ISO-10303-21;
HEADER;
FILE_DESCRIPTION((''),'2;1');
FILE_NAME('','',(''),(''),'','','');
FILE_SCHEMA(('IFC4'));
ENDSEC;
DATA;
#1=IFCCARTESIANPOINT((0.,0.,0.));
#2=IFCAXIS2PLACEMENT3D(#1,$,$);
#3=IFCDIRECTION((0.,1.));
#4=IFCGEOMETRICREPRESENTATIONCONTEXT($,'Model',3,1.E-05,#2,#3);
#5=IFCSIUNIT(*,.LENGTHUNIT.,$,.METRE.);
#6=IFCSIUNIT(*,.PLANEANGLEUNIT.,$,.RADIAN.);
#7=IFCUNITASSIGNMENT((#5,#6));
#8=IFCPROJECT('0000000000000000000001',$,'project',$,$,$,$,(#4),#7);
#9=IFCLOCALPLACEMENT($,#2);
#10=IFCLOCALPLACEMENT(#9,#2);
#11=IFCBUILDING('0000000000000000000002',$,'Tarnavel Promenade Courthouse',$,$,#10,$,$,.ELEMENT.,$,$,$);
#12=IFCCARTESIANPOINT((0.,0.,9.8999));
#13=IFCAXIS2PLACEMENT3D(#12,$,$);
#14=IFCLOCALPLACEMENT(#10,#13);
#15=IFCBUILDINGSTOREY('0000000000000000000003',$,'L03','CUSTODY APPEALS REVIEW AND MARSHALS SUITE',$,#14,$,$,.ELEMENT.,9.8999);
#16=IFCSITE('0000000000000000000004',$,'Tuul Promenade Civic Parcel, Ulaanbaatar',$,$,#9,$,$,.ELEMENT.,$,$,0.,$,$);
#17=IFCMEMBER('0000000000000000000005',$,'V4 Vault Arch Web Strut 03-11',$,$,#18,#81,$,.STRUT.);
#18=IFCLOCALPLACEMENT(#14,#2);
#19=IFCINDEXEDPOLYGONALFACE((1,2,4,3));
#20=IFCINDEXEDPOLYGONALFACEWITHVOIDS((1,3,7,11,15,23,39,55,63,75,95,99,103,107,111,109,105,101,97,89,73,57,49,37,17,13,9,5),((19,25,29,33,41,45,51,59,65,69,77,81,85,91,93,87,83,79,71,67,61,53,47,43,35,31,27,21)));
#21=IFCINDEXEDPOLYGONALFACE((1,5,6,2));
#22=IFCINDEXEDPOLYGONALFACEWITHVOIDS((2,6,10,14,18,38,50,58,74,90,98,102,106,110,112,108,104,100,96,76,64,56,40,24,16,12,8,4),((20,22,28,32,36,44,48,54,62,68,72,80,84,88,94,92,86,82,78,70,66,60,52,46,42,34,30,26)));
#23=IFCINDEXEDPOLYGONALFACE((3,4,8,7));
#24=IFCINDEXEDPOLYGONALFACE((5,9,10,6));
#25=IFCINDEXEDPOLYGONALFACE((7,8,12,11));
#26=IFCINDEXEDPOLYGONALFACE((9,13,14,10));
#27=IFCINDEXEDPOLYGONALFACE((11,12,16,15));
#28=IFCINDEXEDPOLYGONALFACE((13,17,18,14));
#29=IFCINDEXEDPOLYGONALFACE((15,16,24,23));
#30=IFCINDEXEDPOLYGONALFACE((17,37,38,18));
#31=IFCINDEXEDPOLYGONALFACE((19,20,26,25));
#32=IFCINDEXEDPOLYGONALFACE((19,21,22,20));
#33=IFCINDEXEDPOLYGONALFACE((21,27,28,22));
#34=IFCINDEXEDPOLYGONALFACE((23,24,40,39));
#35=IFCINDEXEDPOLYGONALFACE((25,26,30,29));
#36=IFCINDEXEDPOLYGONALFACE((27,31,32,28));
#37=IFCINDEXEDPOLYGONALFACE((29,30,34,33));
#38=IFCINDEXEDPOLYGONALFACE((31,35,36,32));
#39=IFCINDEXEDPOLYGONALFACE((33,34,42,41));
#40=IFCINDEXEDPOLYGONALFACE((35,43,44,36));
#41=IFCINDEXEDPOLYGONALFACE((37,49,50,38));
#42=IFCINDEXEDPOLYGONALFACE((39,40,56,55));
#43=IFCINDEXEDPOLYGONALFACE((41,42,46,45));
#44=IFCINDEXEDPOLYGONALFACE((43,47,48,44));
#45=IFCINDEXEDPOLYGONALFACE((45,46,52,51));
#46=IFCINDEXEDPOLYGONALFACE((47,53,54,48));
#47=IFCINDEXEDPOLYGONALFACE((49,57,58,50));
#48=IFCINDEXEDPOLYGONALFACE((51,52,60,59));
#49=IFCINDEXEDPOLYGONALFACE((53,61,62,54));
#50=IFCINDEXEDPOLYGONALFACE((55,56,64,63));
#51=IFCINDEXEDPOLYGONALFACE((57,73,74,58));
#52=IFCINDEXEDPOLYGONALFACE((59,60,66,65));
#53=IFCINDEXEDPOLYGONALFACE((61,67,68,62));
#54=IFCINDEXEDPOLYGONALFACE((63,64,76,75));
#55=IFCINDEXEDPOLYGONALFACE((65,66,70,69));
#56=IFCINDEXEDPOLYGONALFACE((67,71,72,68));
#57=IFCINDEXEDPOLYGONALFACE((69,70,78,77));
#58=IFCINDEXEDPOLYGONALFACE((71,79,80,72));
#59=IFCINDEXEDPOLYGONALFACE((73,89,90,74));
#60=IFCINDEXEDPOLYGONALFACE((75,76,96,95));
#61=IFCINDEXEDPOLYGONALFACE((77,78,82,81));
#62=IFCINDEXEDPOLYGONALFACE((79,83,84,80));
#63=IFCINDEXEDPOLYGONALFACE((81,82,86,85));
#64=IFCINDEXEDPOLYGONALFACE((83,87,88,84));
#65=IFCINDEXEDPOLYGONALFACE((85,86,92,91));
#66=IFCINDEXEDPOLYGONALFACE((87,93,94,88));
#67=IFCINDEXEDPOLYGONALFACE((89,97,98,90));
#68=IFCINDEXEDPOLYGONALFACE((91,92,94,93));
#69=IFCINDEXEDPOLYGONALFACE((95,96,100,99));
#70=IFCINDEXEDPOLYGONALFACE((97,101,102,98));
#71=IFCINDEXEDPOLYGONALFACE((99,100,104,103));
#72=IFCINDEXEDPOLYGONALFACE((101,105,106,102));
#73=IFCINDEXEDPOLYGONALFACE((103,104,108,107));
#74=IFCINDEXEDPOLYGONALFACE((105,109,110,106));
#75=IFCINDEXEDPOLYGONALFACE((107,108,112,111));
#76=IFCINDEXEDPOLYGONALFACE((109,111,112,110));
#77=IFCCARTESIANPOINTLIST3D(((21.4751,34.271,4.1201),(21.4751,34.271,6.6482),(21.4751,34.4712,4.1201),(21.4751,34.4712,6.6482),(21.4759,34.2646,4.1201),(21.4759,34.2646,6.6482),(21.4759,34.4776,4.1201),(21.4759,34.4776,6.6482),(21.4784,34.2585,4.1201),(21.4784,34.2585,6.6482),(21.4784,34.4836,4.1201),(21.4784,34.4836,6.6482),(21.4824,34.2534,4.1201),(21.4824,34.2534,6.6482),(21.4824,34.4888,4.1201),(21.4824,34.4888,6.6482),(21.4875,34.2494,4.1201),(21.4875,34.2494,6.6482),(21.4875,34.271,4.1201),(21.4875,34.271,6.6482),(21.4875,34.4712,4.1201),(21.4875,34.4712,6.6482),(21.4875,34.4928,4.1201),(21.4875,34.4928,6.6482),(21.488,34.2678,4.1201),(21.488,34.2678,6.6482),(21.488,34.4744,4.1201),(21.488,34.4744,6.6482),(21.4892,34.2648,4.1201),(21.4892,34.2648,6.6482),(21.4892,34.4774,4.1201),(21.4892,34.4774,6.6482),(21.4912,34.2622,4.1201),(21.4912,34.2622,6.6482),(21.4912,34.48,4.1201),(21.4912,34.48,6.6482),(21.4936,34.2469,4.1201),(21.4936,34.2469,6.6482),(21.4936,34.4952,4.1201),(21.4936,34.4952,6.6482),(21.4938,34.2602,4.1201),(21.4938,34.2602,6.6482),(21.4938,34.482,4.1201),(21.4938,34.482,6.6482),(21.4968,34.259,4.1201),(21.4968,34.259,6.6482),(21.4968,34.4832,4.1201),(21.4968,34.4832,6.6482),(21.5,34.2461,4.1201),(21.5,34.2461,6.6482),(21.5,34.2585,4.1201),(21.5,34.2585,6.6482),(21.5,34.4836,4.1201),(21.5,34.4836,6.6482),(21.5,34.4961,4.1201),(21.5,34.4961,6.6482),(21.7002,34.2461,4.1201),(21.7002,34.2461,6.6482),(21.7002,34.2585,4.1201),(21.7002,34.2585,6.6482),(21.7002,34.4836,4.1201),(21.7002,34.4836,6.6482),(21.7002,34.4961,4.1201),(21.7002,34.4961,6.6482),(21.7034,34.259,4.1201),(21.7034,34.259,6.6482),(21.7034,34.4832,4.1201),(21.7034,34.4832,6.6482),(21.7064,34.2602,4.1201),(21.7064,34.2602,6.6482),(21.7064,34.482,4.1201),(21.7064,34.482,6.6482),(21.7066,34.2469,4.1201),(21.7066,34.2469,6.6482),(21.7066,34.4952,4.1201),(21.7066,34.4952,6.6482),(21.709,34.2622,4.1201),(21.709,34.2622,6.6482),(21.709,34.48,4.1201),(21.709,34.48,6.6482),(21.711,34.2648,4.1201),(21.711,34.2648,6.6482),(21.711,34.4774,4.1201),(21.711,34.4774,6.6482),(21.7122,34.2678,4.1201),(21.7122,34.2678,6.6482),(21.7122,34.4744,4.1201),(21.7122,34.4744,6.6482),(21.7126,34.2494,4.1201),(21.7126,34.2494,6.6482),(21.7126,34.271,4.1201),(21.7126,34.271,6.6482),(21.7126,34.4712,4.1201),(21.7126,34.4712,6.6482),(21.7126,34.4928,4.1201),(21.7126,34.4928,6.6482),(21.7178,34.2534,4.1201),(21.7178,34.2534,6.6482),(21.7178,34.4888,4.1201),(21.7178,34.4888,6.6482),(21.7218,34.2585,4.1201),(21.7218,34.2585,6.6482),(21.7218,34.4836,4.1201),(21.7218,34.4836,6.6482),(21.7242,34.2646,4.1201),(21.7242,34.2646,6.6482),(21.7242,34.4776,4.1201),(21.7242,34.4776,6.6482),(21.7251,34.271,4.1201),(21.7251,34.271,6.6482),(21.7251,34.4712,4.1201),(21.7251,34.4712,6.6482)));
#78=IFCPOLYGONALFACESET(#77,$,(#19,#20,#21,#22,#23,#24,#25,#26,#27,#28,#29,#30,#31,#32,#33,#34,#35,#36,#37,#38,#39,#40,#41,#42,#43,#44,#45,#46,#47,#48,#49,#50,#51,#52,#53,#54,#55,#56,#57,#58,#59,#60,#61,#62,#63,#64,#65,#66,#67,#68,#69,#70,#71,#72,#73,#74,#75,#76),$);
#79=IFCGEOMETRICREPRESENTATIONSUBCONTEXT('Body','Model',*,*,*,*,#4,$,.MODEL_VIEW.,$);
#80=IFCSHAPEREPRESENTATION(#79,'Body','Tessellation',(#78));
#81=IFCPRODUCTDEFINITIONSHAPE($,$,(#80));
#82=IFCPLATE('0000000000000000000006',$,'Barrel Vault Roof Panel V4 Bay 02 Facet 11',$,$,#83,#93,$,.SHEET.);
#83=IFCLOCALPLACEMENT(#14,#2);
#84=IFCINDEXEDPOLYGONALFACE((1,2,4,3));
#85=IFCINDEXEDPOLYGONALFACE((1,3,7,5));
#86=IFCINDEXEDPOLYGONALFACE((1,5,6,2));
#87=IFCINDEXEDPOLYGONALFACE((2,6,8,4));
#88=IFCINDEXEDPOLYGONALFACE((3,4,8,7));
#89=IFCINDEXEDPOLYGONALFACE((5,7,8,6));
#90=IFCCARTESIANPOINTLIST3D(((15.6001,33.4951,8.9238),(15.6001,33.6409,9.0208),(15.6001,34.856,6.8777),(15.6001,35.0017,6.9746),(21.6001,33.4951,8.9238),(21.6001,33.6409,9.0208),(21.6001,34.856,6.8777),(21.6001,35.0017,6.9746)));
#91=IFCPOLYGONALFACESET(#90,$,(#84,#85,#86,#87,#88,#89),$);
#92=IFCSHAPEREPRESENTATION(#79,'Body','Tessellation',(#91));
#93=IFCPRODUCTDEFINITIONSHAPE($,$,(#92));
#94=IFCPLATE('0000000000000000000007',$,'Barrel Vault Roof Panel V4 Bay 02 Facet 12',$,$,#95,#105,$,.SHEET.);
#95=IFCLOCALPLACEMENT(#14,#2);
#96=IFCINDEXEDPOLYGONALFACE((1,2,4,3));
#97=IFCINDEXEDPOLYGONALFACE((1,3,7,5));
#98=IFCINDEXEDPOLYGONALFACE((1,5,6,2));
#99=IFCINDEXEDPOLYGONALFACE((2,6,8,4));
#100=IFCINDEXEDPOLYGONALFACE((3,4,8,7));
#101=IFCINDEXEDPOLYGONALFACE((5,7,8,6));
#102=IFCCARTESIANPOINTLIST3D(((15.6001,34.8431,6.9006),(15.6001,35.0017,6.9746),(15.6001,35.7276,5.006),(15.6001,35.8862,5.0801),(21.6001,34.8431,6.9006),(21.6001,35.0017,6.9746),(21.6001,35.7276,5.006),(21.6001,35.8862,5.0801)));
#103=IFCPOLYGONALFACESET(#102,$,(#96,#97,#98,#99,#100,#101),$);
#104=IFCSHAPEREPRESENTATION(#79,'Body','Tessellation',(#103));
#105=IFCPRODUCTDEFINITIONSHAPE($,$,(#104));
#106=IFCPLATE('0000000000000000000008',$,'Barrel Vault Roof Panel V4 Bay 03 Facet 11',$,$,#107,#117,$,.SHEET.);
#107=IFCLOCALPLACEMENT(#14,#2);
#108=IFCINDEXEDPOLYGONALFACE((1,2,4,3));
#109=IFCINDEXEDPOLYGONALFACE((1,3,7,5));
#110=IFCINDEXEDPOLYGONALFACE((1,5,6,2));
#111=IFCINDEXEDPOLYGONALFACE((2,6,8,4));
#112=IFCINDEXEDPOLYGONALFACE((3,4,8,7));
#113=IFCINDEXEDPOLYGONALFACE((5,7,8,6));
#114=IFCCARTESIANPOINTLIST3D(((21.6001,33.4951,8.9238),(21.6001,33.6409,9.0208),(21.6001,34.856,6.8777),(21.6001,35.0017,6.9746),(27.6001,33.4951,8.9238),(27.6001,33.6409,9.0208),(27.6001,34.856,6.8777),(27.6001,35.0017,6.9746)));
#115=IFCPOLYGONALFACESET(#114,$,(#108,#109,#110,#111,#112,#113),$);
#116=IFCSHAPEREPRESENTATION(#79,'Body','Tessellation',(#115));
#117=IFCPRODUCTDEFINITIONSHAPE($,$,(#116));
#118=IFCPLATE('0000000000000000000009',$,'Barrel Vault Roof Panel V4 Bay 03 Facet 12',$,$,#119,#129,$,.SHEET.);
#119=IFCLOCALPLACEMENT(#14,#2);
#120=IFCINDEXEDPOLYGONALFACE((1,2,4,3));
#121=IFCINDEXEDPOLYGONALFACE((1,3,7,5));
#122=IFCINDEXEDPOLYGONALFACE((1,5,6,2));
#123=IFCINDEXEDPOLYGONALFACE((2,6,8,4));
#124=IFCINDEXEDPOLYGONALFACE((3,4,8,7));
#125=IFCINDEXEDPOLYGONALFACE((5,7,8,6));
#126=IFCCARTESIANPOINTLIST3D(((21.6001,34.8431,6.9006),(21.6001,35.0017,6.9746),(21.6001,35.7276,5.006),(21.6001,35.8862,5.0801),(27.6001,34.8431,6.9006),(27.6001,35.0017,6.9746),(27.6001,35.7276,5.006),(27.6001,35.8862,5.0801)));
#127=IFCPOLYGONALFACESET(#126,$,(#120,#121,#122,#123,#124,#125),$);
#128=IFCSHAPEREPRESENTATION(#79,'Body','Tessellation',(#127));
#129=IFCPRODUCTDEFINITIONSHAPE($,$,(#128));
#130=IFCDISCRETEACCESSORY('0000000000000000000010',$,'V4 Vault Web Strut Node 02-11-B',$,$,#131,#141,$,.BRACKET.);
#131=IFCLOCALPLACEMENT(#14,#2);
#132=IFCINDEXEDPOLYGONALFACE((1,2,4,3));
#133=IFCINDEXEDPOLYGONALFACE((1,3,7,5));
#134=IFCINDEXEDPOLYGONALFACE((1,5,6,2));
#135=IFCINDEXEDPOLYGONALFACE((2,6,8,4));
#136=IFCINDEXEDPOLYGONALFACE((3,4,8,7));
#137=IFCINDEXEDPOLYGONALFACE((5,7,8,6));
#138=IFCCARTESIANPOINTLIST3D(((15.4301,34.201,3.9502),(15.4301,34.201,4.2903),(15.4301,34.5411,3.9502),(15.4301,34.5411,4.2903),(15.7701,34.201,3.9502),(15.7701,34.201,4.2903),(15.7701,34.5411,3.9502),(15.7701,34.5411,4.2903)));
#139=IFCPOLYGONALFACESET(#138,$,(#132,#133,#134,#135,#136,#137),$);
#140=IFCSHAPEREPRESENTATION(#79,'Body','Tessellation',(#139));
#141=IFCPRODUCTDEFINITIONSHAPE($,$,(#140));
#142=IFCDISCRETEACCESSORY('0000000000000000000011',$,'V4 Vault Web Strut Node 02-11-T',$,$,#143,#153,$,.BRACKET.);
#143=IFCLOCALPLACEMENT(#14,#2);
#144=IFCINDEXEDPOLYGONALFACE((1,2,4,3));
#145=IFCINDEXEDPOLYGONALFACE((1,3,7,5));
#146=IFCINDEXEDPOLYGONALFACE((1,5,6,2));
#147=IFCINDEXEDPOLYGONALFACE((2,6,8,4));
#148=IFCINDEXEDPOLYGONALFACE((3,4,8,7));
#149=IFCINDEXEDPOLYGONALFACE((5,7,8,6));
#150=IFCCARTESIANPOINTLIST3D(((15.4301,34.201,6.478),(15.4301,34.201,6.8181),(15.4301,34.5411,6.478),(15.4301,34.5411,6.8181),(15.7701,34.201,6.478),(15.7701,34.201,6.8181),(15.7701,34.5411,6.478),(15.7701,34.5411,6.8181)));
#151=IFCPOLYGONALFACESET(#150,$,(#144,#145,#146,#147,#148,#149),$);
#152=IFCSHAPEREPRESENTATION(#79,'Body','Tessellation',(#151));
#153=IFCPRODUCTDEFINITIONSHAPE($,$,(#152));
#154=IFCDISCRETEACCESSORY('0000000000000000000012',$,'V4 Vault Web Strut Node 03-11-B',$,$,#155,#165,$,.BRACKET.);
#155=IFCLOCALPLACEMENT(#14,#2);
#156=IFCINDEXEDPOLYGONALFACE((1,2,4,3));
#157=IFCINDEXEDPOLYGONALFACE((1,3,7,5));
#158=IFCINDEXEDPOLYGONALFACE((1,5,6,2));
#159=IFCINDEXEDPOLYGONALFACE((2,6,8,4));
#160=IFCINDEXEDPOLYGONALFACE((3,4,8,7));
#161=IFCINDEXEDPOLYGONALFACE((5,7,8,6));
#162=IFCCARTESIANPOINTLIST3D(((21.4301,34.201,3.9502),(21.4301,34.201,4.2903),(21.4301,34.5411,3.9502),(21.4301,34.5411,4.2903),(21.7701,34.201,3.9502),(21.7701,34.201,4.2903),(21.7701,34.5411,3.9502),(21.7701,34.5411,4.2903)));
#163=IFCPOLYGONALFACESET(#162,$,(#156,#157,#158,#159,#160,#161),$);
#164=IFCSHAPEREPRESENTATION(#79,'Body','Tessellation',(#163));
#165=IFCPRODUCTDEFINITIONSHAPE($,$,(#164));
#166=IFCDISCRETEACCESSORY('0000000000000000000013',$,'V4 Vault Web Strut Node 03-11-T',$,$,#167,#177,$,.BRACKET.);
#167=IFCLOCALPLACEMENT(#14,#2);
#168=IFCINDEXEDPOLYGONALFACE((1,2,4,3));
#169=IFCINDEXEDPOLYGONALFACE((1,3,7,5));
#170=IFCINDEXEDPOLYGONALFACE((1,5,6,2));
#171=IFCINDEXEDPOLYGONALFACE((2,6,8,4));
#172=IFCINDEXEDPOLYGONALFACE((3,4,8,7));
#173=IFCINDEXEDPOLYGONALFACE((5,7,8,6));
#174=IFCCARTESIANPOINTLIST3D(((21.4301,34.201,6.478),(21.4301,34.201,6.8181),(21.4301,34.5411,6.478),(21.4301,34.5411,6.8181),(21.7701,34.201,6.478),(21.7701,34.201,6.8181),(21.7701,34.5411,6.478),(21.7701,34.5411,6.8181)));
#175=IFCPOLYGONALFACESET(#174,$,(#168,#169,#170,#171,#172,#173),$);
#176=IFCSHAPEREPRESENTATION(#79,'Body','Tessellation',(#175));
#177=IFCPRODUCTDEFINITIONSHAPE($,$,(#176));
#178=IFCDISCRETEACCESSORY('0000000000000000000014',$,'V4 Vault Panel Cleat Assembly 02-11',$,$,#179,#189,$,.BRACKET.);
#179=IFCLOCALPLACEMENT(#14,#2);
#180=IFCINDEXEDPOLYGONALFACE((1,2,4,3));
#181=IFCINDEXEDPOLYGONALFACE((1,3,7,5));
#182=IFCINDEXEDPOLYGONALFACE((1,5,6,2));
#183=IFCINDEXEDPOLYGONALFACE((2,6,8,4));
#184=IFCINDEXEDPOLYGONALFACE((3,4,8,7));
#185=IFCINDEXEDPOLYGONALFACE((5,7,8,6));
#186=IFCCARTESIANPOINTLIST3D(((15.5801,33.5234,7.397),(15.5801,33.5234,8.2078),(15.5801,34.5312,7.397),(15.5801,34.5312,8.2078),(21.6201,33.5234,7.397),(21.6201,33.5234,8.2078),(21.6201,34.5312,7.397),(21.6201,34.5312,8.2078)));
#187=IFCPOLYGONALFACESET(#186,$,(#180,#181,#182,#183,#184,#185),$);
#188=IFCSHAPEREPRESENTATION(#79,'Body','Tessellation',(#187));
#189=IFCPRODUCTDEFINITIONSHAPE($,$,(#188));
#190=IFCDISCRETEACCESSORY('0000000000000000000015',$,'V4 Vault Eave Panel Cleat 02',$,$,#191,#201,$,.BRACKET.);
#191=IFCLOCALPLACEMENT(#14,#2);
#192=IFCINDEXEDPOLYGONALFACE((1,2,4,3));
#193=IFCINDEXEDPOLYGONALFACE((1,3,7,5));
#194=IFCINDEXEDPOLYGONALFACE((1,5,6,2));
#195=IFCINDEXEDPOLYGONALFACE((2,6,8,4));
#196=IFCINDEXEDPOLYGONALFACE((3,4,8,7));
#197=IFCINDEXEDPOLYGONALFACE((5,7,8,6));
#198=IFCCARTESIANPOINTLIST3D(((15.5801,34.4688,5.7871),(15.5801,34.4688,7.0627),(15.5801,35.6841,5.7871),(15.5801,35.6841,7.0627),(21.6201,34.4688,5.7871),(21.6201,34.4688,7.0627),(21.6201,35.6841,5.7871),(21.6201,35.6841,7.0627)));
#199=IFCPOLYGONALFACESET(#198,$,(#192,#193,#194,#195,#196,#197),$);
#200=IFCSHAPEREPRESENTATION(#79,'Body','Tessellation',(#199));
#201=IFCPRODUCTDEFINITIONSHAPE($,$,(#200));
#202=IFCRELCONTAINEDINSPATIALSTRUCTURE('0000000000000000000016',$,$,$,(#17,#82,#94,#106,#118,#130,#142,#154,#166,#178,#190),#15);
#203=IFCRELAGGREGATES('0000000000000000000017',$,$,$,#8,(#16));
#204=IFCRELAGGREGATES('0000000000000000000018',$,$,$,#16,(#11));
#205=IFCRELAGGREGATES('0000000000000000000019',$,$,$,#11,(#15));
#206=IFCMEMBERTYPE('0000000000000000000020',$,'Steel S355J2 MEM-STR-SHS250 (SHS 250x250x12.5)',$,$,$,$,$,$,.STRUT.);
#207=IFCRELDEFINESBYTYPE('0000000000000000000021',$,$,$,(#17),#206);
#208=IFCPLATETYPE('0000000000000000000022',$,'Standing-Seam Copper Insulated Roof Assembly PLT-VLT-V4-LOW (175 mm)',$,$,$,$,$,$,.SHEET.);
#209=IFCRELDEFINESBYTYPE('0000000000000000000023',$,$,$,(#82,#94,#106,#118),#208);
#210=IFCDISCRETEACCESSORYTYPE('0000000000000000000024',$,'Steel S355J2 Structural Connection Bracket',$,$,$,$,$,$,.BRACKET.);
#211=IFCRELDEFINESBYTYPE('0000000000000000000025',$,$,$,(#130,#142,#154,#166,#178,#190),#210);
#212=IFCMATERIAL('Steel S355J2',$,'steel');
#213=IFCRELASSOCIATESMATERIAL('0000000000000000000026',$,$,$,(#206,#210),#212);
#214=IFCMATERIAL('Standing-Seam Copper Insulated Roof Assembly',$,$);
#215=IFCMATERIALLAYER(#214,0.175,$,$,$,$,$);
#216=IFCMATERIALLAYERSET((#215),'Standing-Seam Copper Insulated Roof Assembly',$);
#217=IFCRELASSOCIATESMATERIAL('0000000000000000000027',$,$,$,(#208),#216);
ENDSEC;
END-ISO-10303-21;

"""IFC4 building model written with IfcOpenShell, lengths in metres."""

from ifc_helpers import new_model, si_unit, direction, frame, origin, origin_2d, place, context, subcontext, project, spatial, polyline, rectangle, hollow_rectangle, outline, extrude, material, layer, layer_set, material_profile, profile_set, type_object, element, save


model = new_model("IFC4")

# Units and contexts
model_context = context("Model", 3, precision=1e-05, world=origin(), true_north=direction((0.0, 1.0)))
body_context = subcontext(model_context, "Body", "Model", "MODEL_VIEW")
ifc_project = project(units=[si_unit("LENGTHUNIT", "METRE"), si_unit("PLANEANGLEUNIT", "RADIAN")], contexts=[model_context])

# Site, building, storey
site_placement = place(None, origin())
site = spatial("IfcSite", under=ifc_project, at=site_placement, Name="Tuul Promenade Civic Parcel, Ulaanbaatar", CompositionType="ELEMENT", RefElevation=0.0)
building_placement = place(site_placement, origin())
building = spatial("IfcBuilding", under=site, at=building_placement, Name="Tarnavel Promenade Courthouse", CompositionType="ELEMENT")
storey_placement = place(building_placement, frame((0.0, 0.0, 9.8999)))
storey = spatial("IfcBuildingStorey", under=building, at=storey_placement, Name="L03", Description="CUSTODY APPEALS REVIEW AND MARSHALS SUITE", CompositionType="ELEMENT", Elevation=9.8999)

# Shared definitions
ifc_material_1 = material(Name="Steel S355J2", Category="steel")

# Member
ifc_material_profile_1 = material_profile(ifc_material_1, hollow_rectangle(XDim=0.25, YDim=0.25, WallThickness=0.0125, InnerFilletRadius=0.0125, OuterFilletRadius=0.0249, at=origin_2d()), Name="SHS 250x250x12.5")
ifc_profile_set_1 = profile_set([ifc_material_profile_1], Name="Steel S355J2")
member_type_1 = type_object("IfcMemberType", Name="Steel S355J2 MEM-STR-SHS250 (SHS 250x250x12.5)", PredefinedType="STRUT", material=ifc_profile_set_1)
for number, where, z_axis, x_axis, name in (
    (1, (21.6001, 34.3711, 4.1201), (0.0, 0.0, 1.0), (1.0, 0.0, 0.0), "V4 Vault Arch Web Strut 03-11"),
):
    element("IfcMember", number, at=place(storey_placement, frame(where, z_axis=z_axis, x_axis=x_axis)), inside=storey, type_object=member_type_1, Name=name, PredefinedType="STRUT", context=body_context, shape_type="SweptSolid", body=[
        extrude(hollow_rectangle(XDim=0.25, YDim=0.25, WallThickness=0.0125, InnerFilletRadius=0.0125, OuterFilletRadius=0.0249, at=origin_2d()), origin(), (0.0, 0.0, 1.0), 2.5281),
    ])

# Plates
ifc_material_2 = material(Name="Standing-Seam Copper Insulated Roof Assembly")
ifc_layer = layer(ifc_material_2, 0.175)
ifc_layer_set = layer_set([ifc_layer], Name="Standing-Seam Copper Insulated Roof Assembly")
plate_type = type_object("IfcPlateType", Name="Standing-Seam Copper Insulated Roof Assembly PLT-VLT-V4-LOW (175 mm)", PredefinedType="SHEET", material=ifc_layer_set)
plate_1_placement = place(storey_placement, frame((15.6001, 33.6409, 9.0208), z_axis=(0.0, 0.832661, 0.553783), x_axis=(1.0, 0.0, 0.0)))
element("IfcPlate", 2, at=plate_1_placement, inside=storey, type_object=plate_type, Name="Barrel Vault Roof Panel V4 Bay 02 Facet 11", PredefinedType="SHEET", context=body_context, shape_type="SweptSolid", body=[
    extrude(outline(polyline([(0.0, 0.0), (6.0, 0.0), (6.0, 2.4574), (0.0, 2.4574), (0.0, 0.0)])), origin(), (0.0, 0.0, -1.0), 0.175),
])
plate_2_placement = place(storey_placement, frame((15.6001, 35.0017, 6.9746), z_axis=(0.0, 0.906109, 0.423045), x_axis=(1.0, 0.0, 0.0)))
element("IfcPlate", 3, at=plate_2_placement, inside=storey, type_object=plate_type, Name="Barrel Vault Roof Panel V4 Bay 02 Facet 12", PredefinedType="SHEET", context=body_context, shape_type="SweptSolid", body=[
    extrude(outline(polyline([(0.0, 0.0), (6.0, 0.0), (6.0, 2.0908), (0.0, 2.0908), (0.0, 0.0)])), origin(), (0.0, 0.0, -1.0), 0.175),
])
plate_3_placement = place(storey_placement, frame((21.6001, 33.6409, 9.0208), z_axis=(0.0, 0.832661, 0.553783), x_axis=(1.0, 0.0, 0.0)))
element("IfcPlate", 4, at=plate_3_placement, inside=storey, type_object=plate_type, Name="Barrel Vault Roof Panel V4 Bay 03 Facet 11", PredefinedType="SHEET", context=body_context, shape_type="SweptSolid", body=[
    extrude(outline(polyline([(0.0, 0.0), (6.0, 0.0), (6.0, 2.4574), (0.0, 2.4574), (0.0, 0.0)])), origin(), (0.0, 0.0, -1.0), 0.175),
])
plate_4_placement = place(storey_placement, frame((21.6001, 35.0017, 6.9746), z_axis=(0.0, 0.906109, 0.423045), x_axis=(1.0, 0.0, 0.0)))
element("IfcPlate", 5, at=plate_4_placement, inside=storey, type_object=plate_type, Name="Barrel Vault Roof Panel V4 Bay 03 Facet 12", PredefinedType="SHEET", context=body_context, shape_type="SweptSolid", body=[
    extrude(outline(polyline([(0.0, 0.0), (6.0, 0.0), (6.0, 2.0908), (0.0, 2.0908), (0.0, 0.0)])), origin(), (0.0, 0.0, -1.0), 0.175),
])

# Discrete accessories
discrete_accessory_type = type_object("IfcDiscreteAccessoryType", Name="Steel S355J2 Structural Connection Bracket", PredefinedType="BRACKET", material=ifc_material_1)
for number, where, z_axis, x_axis, name in (
    (6, (15.6001, 34.3711, 3.9502), (0.0, 0.0, 1.0), (1.0, 0.0, 0.0), "V4 Vault Web Strut Node 02-11-B"),
    (7, (15.6001, 34.3711, 6.478), (0.0, 0.0, 1.0), (1.0, 0.0, 0.0), "V4 Vault Web Strut Node 02-11-T"),
    (8, (21.6001, 34.3711, 3.9502), (0.0, 0.0, 1.0), (1.0, 0.0, 0.0), "V4 Vault Web Strut Node 03-11-B"),
    (9, (21.6001, 34.3711, 6.478), (0.0, 0.0, 1.0), (1.0, 0.0, 0.0), "V4 Vault Web Strut Node 03-11-T"),
):
    element("IfcDiscreteAccessory", number, at=place(storey_placement, frame(where, z_axis=z_axis, x_axis=x_axis)), inside=storey, type_object=discrete_accessory_type, Name=name, PredefinedType="BRACKET", context=body_context, shape_type="SweptSolid", body=[
        extrude(rectangle(XDim=0.3401, YDim=0.3401, at=origin_2d()), origin(), (0.0, 0.0, 1.0), 0.3401),
    ])
discrete_accessory_1_placement = place(storey_placement, frame((18.6001, 34.0273, 7.397), z_axis=(0.0, 0.0, 1.0), x_axis=(1.0, 0.0, 0.0)))
element("IfcDiscreteAccessory", 10, at=discrete_accessory_1_placement, inside=storey, type_object=discrete_accessory_type, Name="V4 Vault Panel Cleat Assembly 02-11", PredefinedType="BRACKET", context=body_context, shape_type="SweptSolid", body=[
    extrude(rectangle(XDim=6.04, YDim=1.0078, at=origin_2d()), origin(), (0.0, 0.0, 1.0), 0.8108),
])
discrete_accessory_2_placement = place(storey_placement, frame((18.6001, 35.0764, 5.7871), z_axis=(0.0, 0.0, 1.0), x_axis=(1.0, 0.0, 0.0)))
element("IfcDiscreteAccessory", 11, at=discrete_accessory_2_placement, inside=storey, type_object=discrete_accessory_type, Name="V4 Vault Eave Panel Cleat 02", PredefinedType="BRACKET", context=body_context, shape_type="SweptSolid", body=[
    extrude(rectangle(XDim=6.04, YDim=1.2153, at=origin_2d()), origin(), (0.0, 0.0, 1.0), 1.2756),
])

save(model, "model.ifc")
